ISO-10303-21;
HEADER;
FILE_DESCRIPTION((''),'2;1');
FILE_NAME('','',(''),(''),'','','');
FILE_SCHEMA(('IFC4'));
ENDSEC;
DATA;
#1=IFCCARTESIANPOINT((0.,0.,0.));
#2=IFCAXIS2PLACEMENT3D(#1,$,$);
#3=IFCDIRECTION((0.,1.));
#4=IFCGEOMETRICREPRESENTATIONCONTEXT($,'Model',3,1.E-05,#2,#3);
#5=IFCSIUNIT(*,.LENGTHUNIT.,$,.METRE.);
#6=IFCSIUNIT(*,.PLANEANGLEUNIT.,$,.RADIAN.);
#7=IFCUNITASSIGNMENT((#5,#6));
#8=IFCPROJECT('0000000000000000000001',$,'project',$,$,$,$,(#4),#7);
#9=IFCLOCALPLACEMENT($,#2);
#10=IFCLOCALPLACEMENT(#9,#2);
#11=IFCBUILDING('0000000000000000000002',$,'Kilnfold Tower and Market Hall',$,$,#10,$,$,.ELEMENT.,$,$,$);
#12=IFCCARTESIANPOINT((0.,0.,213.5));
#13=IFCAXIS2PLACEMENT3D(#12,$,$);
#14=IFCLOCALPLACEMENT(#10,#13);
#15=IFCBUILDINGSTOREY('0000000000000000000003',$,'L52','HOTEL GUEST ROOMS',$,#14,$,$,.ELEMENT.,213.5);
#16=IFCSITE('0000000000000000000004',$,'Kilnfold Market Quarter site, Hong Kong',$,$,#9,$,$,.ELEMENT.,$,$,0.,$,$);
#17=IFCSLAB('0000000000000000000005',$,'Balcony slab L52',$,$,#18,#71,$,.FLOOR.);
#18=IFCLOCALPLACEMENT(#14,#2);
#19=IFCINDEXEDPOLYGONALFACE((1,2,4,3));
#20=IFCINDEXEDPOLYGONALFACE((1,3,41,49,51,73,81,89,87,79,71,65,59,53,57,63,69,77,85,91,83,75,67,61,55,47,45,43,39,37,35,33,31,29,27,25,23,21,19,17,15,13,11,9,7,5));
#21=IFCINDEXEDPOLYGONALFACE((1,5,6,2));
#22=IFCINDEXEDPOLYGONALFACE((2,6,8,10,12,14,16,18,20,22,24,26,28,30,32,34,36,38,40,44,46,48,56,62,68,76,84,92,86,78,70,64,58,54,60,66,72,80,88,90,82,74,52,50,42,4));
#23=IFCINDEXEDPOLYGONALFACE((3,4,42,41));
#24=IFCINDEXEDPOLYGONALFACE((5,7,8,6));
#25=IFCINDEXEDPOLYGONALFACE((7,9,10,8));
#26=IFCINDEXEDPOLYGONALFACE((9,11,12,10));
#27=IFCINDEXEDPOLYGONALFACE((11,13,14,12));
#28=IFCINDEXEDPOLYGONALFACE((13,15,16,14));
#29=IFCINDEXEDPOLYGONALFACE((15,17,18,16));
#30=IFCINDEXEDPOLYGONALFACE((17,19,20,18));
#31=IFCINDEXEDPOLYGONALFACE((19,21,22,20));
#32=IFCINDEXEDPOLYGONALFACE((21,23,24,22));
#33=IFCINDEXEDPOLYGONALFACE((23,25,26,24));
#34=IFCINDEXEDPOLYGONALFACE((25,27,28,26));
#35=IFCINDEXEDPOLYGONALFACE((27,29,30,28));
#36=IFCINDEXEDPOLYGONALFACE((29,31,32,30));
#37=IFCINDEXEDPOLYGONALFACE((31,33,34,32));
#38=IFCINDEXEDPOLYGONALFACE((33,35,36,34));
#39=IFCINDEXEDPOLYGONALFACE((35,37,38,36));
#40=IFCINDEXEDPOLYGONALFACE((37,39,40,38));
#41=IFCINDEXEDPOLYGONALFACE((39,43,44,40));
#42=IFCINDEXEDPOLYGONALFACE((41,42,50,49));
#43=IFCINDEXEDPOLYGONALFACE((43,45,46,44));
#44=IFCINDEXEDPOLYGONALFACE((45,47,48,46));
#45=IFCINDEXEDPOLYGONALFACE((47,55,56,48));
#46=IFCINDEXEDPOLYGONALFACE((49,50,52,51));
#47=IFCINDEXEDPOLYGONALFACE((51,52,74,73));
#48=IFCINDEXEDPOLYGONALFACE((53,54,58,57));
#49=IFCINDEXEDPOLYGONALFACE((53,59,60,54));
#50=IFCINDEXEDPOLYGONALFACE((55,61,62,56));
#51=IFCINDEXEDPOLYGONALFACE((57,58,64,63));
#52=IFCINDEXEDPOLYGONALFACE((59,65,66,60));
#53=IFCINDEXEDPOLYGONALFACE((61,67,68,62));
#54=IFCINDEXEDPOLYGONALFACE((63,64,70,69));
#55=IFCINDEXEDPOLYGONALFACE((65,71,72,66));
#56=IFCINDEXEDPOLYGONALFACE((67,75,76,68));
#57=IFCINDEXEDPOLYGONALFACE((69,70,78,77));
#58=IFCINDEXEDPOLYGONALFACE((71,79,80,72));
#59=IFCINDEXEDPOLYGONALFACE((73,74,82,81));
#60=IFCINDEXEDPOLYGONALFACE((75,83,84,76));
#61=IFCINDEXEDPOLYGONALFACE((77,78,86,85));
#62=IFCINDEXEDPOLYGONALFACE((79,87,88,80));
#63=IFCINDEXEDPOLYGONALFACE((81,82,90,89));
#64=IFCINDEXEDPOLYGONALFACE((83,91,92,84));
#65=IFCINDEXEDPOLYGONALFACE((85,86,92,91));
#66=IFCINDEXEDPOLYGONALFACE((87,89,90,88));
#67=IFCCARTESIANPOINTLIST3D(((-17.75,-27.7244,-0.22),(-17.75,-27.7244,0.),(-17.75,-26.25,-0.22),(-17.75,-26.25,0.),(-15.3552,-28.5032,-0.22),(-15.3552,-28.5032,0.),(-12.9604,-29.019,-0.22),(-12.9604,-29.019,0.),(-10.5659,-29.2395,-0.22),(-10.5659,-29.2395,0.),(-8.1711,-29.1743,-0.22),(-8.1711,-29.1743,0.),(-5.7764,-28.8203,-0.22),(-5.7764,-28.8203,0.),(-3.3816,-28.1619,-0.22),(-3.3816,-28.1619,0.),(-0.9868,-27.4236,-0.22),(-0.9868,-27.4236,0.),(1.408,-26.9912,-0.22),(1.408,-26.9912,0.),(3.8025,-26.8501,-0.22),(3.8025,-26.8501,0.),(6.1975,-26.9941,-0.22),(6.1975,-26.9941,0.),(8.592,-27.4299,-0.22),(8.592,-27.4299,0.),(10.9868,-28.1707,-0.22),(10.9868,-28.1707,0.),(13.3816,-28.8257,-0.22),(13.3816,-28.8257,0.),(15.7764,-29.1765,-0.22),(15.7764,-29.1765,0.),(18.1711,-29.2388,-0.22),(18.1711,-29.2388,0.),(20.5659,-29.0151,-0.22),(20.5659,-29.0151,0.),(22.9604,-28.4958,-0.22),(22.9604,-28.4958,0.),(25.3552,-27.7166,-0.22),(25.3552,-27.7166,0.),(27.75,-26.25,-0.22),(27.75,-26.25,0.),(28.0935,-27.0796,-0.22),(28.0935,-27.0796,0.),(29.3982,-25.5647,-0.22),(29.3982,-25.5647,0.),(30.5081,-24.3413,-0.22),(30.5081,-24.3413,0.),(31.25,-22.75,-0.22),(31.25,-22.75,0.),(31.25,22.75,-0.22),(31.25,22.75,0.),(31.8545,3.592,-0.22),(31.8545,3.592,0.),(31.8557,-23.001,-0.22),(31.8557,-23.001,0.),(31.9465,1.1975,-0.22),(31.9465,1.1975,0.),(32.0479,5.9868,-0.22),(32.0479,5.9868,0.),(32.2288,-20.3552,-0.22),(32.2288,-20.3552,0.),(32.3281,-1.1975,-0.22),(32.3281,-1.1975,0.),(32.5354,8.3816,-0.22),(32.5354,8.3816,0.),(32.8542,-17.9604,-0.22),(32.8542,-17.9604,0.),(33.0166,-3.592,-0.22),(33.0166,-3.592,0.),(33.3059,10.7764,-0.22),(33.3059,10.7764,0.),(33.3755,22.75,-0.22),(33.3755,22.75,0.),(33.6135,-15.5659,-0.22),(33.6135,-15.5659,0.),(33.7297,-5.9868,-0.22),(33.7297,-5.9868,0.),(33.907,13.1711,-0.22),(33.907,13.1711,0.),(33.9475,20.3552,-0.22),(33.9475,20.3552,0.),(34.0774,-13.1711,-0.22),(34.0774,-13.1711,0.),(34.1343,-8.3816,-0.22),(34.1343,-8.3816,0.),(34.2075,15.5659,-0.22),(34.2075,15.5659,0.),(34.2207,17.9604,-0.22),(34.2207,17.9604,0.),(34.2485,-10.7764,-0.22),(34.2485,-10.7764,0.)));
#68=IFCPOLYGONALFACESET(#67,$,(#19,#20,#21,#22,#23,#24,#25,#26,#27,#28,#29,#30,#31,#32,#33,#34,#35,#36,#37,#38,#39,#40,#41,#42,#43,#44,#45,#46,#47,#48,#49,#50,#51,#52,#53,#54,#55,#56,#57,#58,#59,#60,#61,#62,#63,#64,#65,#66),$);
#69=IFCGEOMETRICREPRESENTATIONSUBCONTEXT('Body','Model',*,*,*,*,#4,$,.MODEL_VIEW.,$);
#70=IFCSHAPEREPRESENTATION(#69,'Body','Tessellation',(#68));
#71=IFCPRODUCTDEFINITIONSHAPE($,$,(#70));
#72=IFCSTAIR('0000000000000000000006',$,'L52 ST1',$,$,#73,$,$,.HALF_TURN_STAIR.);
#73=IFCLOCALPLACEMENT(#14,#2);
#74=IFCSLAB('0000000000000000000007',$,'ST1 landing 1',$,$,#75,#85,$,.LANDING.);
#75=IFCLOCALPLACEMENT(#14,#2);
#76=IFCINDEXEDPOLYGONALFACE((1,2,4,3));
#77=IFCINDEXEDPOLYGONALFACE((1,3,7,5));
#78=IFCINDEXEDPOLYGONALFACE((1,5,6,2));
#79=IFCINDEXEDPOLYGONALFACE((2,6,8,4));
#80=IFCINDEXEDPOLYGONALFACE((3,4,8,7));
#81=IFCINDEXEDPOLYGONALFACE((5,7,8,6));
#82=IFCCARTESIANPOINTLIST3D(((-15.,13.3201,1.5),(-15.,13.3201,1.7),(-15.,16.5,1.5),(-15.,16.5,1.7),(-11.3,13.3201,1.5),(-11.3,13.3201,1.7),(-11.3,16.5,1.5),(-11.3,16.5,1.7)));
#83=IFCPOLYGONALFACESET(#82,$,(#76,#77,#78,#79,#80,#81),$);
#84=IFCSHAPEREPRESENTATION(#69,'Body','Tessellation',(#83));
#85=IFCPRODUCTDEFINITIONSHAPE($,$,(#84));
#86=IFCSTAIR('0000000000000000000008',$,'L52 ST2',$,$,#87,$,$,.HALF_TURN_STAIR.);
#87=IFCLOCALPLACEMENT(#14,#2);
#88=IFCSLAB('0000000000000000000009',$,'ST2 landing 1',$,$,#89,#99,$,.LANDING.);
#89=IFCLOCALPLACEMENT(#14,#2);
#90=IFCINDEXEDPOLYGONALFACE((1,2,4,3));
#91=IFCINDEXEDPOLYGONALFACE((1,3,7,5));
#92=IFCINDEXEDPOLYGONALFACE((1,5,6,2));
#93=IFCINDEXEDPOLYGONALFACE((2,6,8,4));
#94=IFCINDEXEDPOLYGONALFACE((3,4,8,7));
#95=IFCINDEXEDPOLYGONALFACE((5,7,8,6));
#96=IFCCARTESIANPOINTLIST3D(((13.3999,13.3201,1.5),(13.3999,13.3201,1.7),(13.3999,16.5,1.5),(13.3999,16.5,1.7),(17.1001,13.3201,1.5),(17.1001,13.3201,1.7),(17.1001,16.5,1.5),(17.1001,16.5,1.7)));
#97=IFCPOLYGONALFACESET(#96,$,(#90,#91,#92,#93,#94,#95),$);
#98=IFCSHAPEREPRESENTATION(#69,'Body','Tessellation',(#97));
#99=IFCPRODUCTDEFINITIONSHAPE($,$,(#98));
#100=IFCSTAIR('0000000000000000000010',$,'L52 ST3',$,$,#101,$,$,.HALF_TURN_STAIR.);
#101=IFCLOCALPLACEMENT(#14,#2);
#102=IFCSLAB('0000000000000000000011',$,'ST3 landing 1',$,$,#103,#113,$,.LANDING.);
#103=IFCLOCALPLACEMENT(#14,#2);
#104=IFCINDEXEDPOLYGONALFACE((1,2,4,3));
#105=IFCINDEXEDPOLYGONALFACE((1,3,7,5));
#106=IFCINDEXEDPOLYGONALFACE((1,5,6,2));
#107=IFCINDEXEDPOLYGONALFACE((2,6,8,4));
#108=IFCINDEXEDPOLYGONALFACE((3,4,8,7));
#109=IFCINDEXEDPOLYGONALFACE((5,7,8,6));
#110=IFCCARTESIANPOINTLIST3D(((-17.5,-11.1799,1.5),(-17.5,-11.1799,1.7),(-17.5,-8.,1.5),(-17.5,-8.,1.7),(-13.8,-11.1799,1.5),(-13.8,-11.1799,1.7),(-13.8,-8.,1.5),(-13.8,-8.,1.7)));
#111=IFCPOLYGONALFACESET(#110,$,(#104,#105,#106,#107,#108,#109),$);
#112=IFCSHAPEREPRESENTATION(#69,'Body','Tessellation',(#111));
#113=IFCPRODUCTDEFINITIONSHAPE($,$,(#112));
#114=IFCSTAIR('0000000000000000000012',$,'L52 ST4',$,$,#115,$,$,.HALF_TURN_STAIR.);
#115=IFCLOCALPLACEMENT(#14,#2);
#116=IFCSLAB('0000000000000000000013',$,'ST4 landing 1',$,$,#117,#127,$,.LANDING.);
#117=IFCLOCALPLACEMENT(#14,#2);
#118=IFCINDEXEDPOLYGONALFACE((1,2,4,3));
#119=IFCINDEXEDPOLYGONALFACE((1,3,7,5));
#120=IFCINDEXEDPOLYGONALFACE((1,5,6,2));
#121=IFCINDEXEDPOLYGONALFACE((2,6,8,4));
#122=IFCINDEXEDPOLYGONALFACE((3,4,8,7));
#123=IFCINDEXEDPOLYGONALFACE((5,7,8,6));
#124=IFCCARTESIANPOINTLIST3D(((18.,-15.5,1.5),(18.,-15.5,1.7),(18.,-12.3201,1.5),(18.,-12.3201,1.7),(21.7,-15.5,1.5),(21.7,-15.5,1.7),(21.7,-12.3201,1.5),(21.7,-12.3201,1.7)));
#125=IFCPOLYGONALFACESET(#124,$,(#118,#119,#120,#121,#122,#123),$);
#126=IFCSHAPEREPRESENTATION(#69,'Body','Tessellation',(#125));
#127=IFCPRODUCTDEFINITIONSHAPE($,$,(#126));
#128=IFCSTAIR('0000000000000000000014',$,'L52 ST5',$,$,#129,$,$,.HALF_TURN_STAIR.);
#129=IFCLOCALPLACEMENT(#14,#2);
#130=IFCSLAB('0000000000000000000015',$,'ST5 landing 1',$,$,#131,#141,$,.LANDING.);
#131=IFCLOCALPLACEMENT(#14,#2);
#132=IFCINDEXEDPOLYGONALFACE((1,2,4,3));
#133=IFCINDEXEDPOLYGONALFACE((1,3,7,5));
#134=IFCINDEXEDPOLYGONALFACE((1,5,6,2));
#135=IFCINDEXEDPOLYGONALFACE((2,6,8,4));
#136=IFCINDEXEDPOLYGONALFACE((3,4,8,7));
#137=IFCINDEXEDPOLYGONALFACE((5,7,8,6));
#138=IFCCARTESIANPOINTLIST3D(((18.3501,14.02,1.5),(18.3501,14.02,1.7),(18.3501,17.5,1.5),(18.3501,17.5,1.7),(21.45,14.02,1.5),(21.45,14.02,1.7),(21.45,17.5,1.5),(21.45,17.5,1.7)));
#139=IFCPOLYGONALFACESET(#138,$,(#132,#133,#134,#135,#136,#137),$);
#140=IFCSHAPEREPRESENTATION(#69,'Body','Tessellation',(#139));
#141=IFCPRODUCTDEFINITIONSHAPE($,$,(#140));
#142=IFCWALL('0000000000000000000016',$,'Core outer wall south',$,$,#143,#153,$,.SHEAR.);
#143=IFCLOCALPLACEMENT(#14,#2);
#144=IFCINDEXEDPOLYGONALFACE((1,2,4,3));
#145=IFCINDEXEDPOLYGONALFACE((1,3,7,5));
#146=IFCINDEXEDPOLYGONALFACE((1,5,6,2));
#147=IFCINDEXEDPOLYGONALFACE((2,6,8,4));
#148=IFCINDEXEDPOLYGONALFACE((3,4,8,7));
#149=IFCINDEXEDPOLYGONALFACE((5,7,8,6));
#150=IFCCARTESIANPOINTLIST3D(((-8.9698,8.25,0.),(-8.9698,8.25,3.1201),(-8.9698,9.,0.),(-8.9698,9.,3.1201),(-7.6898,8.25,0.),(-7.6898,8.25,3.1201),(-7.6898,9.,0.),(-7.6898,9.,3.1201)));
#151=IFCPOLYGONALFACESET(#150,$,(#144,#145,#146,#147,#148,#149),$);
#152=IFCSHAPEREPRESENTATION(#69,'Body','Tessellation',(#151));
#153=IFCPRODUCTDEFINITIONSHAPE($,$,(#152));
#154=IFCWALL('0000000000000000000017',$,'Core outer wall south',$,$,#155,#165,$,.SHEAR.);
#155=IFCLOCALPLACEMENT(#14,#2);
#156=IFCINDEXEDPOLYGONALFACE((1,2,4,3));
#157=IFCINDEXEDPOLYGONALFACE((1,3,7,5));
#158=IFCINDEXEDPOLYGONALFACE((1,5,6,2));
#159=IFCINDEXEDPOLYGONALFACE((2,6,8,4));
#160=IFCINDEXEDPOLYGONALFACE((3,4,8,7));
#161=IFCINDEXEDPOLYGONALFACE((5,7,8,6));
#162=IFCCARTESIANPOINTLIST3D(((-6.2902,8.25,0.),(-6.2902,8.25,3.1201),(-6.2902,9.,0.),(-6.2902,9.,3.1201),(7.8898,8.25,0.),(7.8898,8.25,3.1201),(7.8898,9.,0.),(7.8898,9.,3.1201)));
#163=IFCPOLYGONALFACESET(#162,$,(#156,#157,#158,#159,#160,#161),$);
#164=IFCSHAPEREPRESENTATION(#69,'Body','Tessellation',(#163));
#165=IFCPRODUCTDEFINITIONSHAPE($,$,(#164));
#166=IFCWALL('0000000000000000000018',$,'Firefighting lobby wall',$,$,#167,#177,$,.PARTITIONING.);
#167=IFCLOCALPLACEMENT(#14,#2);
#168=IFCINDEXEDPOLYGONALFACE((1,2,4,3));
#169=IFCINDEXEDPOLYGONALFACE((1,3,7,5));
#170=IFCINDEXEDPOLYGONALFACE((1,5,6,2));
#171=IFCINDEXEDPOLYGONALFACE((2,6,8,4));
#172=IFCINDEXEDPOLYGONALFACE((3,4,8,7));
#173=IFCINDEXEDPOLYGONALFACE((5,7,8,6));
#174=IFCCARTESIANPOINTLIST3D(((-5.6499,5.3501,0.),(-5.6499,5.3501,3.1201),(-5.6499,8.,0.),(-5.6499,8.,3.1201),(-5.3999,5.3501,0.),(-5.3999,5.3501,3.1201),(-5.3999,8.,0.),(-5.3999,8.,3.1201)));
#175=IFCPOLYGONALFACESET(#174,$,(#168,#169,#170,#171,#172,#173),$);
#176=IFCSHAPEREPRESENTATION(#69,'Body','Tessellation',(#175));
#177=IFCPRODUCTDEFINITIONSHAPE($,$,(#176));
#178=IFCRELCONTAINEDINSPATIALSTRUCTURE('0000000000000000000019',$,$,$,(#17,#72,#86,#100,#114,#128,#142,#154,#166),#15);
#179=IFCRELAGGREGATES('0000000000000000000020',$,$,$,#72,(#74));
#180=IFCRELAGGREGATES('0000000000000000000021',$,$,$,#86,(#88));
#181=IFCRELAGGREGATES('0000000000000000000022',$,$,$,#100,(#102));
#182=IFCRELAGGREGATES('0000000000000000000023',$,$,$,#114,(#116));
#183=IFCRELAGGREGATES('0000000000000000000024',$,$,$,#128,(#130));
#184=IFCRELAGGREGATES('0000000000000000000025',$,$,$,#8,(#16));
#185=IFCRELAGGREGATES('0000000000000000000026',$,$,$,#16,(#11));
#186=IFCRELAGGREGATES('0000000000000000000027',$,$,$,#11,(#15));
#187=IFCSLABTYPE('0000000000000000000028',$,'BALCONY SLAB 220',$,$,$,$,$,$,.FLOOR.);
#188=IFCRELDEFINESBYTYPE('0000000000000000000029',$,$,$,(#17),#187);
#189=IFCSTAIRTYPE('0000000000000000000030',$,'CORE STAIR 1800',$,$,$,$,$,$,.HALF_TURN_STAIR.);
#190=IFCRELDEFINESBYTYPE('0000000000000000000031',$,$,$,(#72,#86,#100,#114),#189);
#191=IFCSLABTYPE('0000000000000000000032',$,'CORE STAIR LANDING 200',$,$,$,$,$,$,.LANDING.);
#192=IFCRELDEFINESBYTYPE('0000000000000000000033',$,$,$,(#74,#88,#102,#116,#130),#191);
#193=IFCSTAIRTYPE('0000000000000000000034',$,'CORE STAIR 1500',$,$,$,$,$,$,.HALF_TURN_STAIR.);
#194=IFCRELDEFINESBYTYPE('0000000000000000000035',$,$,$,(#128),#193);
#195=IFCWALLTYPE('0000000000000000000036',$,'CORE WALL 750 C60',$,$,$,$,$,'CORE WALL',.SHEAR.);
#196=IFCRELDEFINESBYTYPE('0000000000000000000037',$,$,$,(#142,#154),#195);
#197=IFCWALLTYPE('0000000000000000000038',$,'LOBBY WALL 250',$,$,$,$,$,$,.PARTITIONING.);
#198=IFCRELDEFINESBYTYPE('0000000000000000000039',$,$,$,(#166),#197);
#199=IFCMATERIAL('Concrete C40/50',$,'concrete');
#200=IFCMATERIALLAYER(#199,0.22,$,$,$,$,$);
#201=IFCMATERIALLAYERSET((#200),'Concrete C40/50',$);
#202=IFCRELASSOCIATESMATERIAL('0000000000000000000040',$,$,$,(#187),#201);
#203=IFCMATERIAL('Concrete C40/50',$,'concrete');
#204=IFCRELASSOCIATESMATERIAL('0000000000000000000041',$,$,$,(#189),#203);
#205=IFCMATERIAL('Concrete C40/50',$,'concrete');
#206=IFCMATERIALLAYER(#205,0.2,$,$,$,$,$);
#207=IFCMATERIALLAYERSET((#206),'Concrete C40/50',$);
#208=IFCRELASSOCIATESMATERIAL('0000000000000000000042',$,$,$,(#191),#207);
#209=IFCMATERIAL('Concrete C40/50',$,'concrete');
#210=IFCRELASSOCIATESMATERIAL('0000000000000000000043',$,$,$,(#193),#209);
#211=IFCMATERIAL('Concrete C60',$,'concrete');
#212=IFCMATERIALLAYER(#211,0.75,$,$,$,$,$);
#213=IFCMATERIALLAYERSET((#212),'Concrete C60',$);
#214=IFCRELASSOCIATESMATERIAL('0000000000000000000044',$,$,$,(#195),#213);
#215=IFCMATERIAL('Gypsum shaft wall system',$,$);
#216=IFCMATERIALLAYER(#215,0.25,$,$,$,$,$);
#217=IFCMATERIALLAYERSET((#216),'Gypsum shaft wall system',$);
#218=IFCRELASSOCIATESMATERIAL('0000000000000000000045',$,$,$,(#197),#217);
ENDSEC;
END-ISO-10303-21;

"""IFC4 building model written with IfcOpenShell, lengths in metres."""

from ifc_helpers import new_model, si_unit, direction, frame, frame_2d, origin, place, context, subcontext, project, spatial, polyline, rectangle, outline, extrude, source, transform, mapped, material, layer, layer_set, type_object, element, aggregate, save


model = new_model("IFC4")

# Units and contexts
model_context = context("Model", 3, precision=1e-05, world=origin(), true_north=direction((0.0, 1.0)))
body_context = subcontext(model_context, "Body", "Model", "MODEL_VIEW")
ifc_project = project(units=[si_unit("LENGTHUNIT", "METRE"), si_unit("PLANEANGLEUNIT", "RADIAN")], contexts=[model_context])

# Site, building, storey
site_placement = place(None, origin())
site = spatial("IfcSite", under=ifc_project, at=site_placement, Name="Kilnfold Market Quarter site, Hong Kong", CompositionType="ELEMENT", RefElevation=0.0)
building_placement = place(site_placement, origin())
building = spatial("IfcBuilding", under=site, at=building_placement, Name="Kilnfold Tower and Market Hall", CompositionType="ELEMENT")
storey_placement = place(building_placement, frame((0.0, 0.0, 213.5)))
storey = spatial("IfcBuildingStorey", under=building, at=storey_placement, Name="L52", Description="HOTEL GUEST ROOMS", CompositionType="ELEMENT", Elevation=213.5)

# Slab
ifc_material_1 = material(Name="Concrete C40/50", Category="concrete")
ifc_layer_1 = layer(ifc_material_1, 0.22)
ifc_layer_set_1 = layer_set([ifc_layer_1], Name="Concrete C40/50")
slab_type_1 = type_object("IfcSlabType", Name="BALCONY SLAB 220", PredefinedType="FLOOR", material=ifc_layer_set_1)
shared_shape_1 = source(origin(), body_context, "Body", "SweptSolid", [
    extrude(outline(polyline([(-17.75, -26.25), (27.75, -26.25), (31.25, -22.75), (31.25, 22.75), (33.3755, 22.75), (33.9475, 20.3552), (34.2207, 17.9604), (34.2075, 15.5659), (33.907, 13.1711), (33.3059, 10.7764), (32.5354, 8.3816), (32.0479, 5.9868), (31.8545, 3.592), (31.9465, 1.1975), (32.3281, -1.1975), (33.0166, -3.592), (33.7297, -5.9868), (34.1343, -8.3816), (34.2485, -10.7764), (34.0774, -13.1711), (33.6135, -15.5659), (32.8542, -17.9604), (32.2288, -20.3552), (31.8557, -23.001), (30.5081, -24.3413), (29.3982, -25.5647), (28.0935, -27.0796), (25.3552, -27.7166), (22.9604, -28.4958), (20.5659, -29.0151), (18.1711, -29.2388), (15.7764, -29.1765), (13.3816, -28.8257), (10.9868, -28.1707), (8.592, -27.4299), (6.1975, -26.9941), (3.8025, -26.8501), (1.408, -26.9912), (-0.9868, -27.4236), (-3.3816, -28.1619), (-5.7764, -28.8203), (-8.1711, -29.1743), (-10.5659, -29.2395), (-12.9604, -29.019), (-15.3552, -28.5032), (-17.75, -27.7244), (-17.75, -26.25)])), origin(), (0.0, 0.0, 1.0), 0.22),
])
slab_1_placement = place(storey_placement, frame((0.0, 0.0, -0.22)))
element("IfcSlab", 1, at=slab_1_placement, inside=storey, type_object=slab_type_1, Name="Balcony slab L52", PredefinedType="FLOOR", context=body_context, shape_type="MappedRepresentation", body=[
    mapped(shared_shape_1, transform((0.0, 0.0, 0.0))),
])

# Stairs, slabs
ifc_material_2 = material(Name="Concrete C40/50", Category="concrete")
stair_type_1 = type_object("IfcStairType", Name="CORE STAIR 1800", PredefinedType="HALF_TURN_STAIR", material=ifc_material_2)
stair_1_placement = place(storey_placement, origin())
stair_1 = element("IfcStair", 2, at=stair_1_placement, inside=storey, type_object=stair_type_1, Name="L52 ST1", PredefinedType="HALF_TURN_STAIR")
ifc_material_3 = material(Name="Concrete C40/50", Category="concrete")
ifc_layer_2 = layer(ifc_material_3, 0.2)
ifc_layer_set_2 = layer_set([ifc_layer_2], Name="Concrete C40/50")
slab_type_2 = type_object("IfcSlabType", Name="CORE STAIR LANDING 200", PredefinedType="LANDING", material=ifc_layer_set_2)
shared_shape_2 = source(origin(), body_context, "Body", "SweptSolid", [
    extrude(outline(polyline([(-11.3, 13.3201), (-11.3, 16.5), (-15.0, 16.5), (-15.0, 13.3201), (-11.3, 13.3201)])), origin(), (0.0, 0.0, 1.0), 0.2),
])
slab_2_placement = place(storey_placement, frame((0.0, 0.0, 1.5)))
slab_2 = element("IfcSlab", 3, at=slab_2_placement, type_object=slab_type_2, Name="ST1 landing 1", PredefinedType="LANDING", context=body_context, shape_type="MappedRepresentation", body=[
    mapped(shared_shape_2, transform((0.0, 0.0, 0.0))),
])
aggregate(stair_1, [slab_2])
stair_2_placement = place(storey_placement, origin())
stair_2 = element("IfcStair", 4, at=stair_2_placement, inside=storey, type_object=stair_type_1, Name="L52 ST2", PredefinedType="HALF_TURN_STAIR")
shared_shape_3 = source(origin(), body_context, "Body", "SweptSolid", [
    extrude(outline(polyline([(17.1001, 13.3201), (17.1001, 16.5), (13.3999, 16.5), (13.3999, 13.3201), (17.1001, 13.3201)])), origin(), (0.0, 0.0, 1.0), 0.2),
])
slab_3_placement = place(storey_placement, frame((0.0, 0.0, 1.5)))
slab_3 = element("IfcSlab", 5, at=slab_3_placement, type_object=slab_type_2, Name="ST2 landing 1", PredefinedType="LANDING", context=body_context, shape_type="MappedRepresentation", body=[
    mapped(shared_shape_3, transform((0.0, 0.0, 0.0))),
])
aggregate(stair_2, [slab_3])
stair_3_placement = place(storey_placement, origin())
stair_3 = element("IfcStair", 6, at=stair_3_placement, inside=storey, type_object=stair_type_1, Name="L52 ST3", PredefinedType="HALF_TURN_STAIR")
shared_shape_4 = source(origin(), body_context, "Body", "SweptSolid", [
    extrude(outline(polyline([(-13.8, -11.1799), (-13.8, -8.0), (-17.5, -8.0), (-17.5, -11.1799), (-13.8, -11.1799)])), origin(), (0.0, 0.0, 1.0), 0.2),
])
slab_4_placement = place(storey_placement, frame((0.0, 0.0, 1.5)))
slab_4 = element("IfcSlab", 7, at=slab_4_placement, type_object=slab_type_2, Name="ST3 landing 1", PredefinedType="LANDING", context=body_context, shape_type="MappedRepresentation", body=[
    mapped(shared_shape_4, transform((0.0, 0.0, 0.0))),
])
aggregate(stair_3, [slab_4])
stair_4_placement = place(storey_placement, origin())
stair_4 = element("IfcStair", 8, at=stair_4_placement, inside=storey, type_object=stair_type_1, Name="L52 ST4", PredefinedType="HALF_TURN_STAIR")
shared_shape_5 = source(origin(), body_context, "Body", "SweptSolid", [
    extrude(outline(polyline([(18.0, -12.3201), (18.0, -15.5), (21.7, -15.5), (21.7, -12.3201), (18.0, -12.3201)])), origin(), (0.0, 0.0, 1.0), 0.2),
])
slab_5_placement = place(storey_placement, frame((0.0, 0.0, 1.5)))
slab_5 = element("IfcSlab", 9, at=slab_5_placement, type_object=slab_type_2, Name="ST4 landing 1", PredefinedType="LANDING", context=body_context, shape_type="MappedRepresentation", body=[
    mapped(shared_shape_5, transform((0.0, 0.0, 0.0))),
])
aggregate(stair_4, [slab_5])
ifc_material_4 = material(Name="Concrete C40/50", Category="concrete")
stair_type_2 = type_object("IfcStairType", Name="CORE STAIR 1500", PredefinedType="HALF_TURN_STAIR", material=ifc_material_4)
stair_5_placement = place(storey_placement, origin())
stair_5 = element("IfcStair", 10, at=stair_5_placement, inside=storey, type_object=stair_type_2, Name="L52 ST5", PredefinedType="HALF_TURN_STAIR")
shared_shape_6 = source(origin(), body_context, "Body", "SweptSolid", [
    extrude(outline(polyline([(21.45, 14.02), (21.45, 17.5), (18.3501, 17.5), (18.3501, 14.02), (21.45, 14.02)])), origin(), (0.0, 0.0, 1.0), 0.2),
])
slab_6_placement = place(storey_placement, frame((0.0, 0.0, 1.5)))
slab_6 = element("IfcSlab", 11, at=slab_6_placement, type_object=slab_type_2, Name="ST5 landing 1", PredefinedType="LANDING", context=body_context, shape_type="MappedRepresentation", body=[
    mapped(shared_shape_6, transform((0.0, 0.0, 0.0))),
])
aggregate(stair_5, [slab_6])

# Walls
ifc_material_5 = material(Name="Concrete C60", Category="concrete")
ifc_layer_3 = layer(ifc_material_5, 0.75)
ifc_layer_set_3 = layer_set([ifc_layer_3], Name="Concrete C60")
wall_type_1 = type_object("IfcWallType", Name="CORE WALL 750 C60", ElementType="CORE WALL", PredefinedType="SHEAR", material=ifc_layer_set_3)
shared_shape_7 = source(origin(), body_context, "Body", "SweptSolid", [
    extrude(rectangle(XDim=1.28, YDim=0.75, at=frame_2d((0.6401, 0.0))), origin(), (0.0, 0.0, 1.0), 3.1201),
])
wall_1_placement = place(storey_placement, frame((-8.97, 8.625, 0.0), z_axis=(0.0, 0.0, 1.0), x_axis=(1.0, 0.0, 0.0)))
element("IfcWall", 12, at=wall_1_placement, inside=storey, type_object=wall_type_1, Name="Core outer wall south", PredefinedType="SHEAR", context=body_context, shape_type="MappedRepresentation", body=[
    mapped(shared_shape_7, transform((0.0, 0.0, 0.0))),
])
shared_shape_8 = source(origin(), body_context, "Body", "SweptSolid", [
    extrude(rectangle(XDim=14.1799, YDim=0.75, at=frame_2d((7.0898, 0.0))), origin(), (0.0, 0.0, 1.0), 3.1201),
])
wall_2_placement = place(storey_placement, frame((-6.29, 8.625, 0.0), z_axis=(0.0, 0.0, 1.0), x_axis=(1.0, 0.0, 0.0)))
element("IfcWall", 13, at=wall_2_placement, inside=storey, type_object=wall_type_1, Name="Core outer wall south", PredefinedType="SHEAR", context=body_context, shape_type="MappedRepresentation", body=[
    mapped(shared_shape_8, transform((0.0, 0.0, 0.0))),
])
ifc_material_6 = material(Name="Gypsum shaft wall system")
ifc_layer_4 = layer(ifc_material_6, 0.25)
ifc_layer_set_4 = layer_set([ifc_layer_4], Name="Gypsum shaft wall system")
wall_type_2 = type_object("IfcWallType", Name="LOBBY WALL 250", PredefinedType="PARTITIONING", material=ifc_layer_set_4)
shared_shape_9 = source(origin(), body_context, "Body", "SweptSolid", [
    extrude(rectangle(XDim=2.6499, YDim=0.25, at=frame_2d((1.325, 0.0))), origin(), (0.0, 0.0, 1.0), 3.1201),
])
wall_3_placement = place(storey_placement, frame((-5.5249, 5.3501, 0.0), z_axis=(0.0, 0.0, 1.0), x_axis=(0.0, 1.0, 0.0)))
element("IfcWall", 14, at=wall_3_placement, inside=storey, type_object=wall_type_2, Name="Firefighting lobby wall", PredefinedType="PARTITIONING", context=body_context, shape_type="MappedRepresentation", body=[
    mapped(shared_shape_9, transform((0.0, 0.0, 0.0))),
])

save(model, "model.ifc")
